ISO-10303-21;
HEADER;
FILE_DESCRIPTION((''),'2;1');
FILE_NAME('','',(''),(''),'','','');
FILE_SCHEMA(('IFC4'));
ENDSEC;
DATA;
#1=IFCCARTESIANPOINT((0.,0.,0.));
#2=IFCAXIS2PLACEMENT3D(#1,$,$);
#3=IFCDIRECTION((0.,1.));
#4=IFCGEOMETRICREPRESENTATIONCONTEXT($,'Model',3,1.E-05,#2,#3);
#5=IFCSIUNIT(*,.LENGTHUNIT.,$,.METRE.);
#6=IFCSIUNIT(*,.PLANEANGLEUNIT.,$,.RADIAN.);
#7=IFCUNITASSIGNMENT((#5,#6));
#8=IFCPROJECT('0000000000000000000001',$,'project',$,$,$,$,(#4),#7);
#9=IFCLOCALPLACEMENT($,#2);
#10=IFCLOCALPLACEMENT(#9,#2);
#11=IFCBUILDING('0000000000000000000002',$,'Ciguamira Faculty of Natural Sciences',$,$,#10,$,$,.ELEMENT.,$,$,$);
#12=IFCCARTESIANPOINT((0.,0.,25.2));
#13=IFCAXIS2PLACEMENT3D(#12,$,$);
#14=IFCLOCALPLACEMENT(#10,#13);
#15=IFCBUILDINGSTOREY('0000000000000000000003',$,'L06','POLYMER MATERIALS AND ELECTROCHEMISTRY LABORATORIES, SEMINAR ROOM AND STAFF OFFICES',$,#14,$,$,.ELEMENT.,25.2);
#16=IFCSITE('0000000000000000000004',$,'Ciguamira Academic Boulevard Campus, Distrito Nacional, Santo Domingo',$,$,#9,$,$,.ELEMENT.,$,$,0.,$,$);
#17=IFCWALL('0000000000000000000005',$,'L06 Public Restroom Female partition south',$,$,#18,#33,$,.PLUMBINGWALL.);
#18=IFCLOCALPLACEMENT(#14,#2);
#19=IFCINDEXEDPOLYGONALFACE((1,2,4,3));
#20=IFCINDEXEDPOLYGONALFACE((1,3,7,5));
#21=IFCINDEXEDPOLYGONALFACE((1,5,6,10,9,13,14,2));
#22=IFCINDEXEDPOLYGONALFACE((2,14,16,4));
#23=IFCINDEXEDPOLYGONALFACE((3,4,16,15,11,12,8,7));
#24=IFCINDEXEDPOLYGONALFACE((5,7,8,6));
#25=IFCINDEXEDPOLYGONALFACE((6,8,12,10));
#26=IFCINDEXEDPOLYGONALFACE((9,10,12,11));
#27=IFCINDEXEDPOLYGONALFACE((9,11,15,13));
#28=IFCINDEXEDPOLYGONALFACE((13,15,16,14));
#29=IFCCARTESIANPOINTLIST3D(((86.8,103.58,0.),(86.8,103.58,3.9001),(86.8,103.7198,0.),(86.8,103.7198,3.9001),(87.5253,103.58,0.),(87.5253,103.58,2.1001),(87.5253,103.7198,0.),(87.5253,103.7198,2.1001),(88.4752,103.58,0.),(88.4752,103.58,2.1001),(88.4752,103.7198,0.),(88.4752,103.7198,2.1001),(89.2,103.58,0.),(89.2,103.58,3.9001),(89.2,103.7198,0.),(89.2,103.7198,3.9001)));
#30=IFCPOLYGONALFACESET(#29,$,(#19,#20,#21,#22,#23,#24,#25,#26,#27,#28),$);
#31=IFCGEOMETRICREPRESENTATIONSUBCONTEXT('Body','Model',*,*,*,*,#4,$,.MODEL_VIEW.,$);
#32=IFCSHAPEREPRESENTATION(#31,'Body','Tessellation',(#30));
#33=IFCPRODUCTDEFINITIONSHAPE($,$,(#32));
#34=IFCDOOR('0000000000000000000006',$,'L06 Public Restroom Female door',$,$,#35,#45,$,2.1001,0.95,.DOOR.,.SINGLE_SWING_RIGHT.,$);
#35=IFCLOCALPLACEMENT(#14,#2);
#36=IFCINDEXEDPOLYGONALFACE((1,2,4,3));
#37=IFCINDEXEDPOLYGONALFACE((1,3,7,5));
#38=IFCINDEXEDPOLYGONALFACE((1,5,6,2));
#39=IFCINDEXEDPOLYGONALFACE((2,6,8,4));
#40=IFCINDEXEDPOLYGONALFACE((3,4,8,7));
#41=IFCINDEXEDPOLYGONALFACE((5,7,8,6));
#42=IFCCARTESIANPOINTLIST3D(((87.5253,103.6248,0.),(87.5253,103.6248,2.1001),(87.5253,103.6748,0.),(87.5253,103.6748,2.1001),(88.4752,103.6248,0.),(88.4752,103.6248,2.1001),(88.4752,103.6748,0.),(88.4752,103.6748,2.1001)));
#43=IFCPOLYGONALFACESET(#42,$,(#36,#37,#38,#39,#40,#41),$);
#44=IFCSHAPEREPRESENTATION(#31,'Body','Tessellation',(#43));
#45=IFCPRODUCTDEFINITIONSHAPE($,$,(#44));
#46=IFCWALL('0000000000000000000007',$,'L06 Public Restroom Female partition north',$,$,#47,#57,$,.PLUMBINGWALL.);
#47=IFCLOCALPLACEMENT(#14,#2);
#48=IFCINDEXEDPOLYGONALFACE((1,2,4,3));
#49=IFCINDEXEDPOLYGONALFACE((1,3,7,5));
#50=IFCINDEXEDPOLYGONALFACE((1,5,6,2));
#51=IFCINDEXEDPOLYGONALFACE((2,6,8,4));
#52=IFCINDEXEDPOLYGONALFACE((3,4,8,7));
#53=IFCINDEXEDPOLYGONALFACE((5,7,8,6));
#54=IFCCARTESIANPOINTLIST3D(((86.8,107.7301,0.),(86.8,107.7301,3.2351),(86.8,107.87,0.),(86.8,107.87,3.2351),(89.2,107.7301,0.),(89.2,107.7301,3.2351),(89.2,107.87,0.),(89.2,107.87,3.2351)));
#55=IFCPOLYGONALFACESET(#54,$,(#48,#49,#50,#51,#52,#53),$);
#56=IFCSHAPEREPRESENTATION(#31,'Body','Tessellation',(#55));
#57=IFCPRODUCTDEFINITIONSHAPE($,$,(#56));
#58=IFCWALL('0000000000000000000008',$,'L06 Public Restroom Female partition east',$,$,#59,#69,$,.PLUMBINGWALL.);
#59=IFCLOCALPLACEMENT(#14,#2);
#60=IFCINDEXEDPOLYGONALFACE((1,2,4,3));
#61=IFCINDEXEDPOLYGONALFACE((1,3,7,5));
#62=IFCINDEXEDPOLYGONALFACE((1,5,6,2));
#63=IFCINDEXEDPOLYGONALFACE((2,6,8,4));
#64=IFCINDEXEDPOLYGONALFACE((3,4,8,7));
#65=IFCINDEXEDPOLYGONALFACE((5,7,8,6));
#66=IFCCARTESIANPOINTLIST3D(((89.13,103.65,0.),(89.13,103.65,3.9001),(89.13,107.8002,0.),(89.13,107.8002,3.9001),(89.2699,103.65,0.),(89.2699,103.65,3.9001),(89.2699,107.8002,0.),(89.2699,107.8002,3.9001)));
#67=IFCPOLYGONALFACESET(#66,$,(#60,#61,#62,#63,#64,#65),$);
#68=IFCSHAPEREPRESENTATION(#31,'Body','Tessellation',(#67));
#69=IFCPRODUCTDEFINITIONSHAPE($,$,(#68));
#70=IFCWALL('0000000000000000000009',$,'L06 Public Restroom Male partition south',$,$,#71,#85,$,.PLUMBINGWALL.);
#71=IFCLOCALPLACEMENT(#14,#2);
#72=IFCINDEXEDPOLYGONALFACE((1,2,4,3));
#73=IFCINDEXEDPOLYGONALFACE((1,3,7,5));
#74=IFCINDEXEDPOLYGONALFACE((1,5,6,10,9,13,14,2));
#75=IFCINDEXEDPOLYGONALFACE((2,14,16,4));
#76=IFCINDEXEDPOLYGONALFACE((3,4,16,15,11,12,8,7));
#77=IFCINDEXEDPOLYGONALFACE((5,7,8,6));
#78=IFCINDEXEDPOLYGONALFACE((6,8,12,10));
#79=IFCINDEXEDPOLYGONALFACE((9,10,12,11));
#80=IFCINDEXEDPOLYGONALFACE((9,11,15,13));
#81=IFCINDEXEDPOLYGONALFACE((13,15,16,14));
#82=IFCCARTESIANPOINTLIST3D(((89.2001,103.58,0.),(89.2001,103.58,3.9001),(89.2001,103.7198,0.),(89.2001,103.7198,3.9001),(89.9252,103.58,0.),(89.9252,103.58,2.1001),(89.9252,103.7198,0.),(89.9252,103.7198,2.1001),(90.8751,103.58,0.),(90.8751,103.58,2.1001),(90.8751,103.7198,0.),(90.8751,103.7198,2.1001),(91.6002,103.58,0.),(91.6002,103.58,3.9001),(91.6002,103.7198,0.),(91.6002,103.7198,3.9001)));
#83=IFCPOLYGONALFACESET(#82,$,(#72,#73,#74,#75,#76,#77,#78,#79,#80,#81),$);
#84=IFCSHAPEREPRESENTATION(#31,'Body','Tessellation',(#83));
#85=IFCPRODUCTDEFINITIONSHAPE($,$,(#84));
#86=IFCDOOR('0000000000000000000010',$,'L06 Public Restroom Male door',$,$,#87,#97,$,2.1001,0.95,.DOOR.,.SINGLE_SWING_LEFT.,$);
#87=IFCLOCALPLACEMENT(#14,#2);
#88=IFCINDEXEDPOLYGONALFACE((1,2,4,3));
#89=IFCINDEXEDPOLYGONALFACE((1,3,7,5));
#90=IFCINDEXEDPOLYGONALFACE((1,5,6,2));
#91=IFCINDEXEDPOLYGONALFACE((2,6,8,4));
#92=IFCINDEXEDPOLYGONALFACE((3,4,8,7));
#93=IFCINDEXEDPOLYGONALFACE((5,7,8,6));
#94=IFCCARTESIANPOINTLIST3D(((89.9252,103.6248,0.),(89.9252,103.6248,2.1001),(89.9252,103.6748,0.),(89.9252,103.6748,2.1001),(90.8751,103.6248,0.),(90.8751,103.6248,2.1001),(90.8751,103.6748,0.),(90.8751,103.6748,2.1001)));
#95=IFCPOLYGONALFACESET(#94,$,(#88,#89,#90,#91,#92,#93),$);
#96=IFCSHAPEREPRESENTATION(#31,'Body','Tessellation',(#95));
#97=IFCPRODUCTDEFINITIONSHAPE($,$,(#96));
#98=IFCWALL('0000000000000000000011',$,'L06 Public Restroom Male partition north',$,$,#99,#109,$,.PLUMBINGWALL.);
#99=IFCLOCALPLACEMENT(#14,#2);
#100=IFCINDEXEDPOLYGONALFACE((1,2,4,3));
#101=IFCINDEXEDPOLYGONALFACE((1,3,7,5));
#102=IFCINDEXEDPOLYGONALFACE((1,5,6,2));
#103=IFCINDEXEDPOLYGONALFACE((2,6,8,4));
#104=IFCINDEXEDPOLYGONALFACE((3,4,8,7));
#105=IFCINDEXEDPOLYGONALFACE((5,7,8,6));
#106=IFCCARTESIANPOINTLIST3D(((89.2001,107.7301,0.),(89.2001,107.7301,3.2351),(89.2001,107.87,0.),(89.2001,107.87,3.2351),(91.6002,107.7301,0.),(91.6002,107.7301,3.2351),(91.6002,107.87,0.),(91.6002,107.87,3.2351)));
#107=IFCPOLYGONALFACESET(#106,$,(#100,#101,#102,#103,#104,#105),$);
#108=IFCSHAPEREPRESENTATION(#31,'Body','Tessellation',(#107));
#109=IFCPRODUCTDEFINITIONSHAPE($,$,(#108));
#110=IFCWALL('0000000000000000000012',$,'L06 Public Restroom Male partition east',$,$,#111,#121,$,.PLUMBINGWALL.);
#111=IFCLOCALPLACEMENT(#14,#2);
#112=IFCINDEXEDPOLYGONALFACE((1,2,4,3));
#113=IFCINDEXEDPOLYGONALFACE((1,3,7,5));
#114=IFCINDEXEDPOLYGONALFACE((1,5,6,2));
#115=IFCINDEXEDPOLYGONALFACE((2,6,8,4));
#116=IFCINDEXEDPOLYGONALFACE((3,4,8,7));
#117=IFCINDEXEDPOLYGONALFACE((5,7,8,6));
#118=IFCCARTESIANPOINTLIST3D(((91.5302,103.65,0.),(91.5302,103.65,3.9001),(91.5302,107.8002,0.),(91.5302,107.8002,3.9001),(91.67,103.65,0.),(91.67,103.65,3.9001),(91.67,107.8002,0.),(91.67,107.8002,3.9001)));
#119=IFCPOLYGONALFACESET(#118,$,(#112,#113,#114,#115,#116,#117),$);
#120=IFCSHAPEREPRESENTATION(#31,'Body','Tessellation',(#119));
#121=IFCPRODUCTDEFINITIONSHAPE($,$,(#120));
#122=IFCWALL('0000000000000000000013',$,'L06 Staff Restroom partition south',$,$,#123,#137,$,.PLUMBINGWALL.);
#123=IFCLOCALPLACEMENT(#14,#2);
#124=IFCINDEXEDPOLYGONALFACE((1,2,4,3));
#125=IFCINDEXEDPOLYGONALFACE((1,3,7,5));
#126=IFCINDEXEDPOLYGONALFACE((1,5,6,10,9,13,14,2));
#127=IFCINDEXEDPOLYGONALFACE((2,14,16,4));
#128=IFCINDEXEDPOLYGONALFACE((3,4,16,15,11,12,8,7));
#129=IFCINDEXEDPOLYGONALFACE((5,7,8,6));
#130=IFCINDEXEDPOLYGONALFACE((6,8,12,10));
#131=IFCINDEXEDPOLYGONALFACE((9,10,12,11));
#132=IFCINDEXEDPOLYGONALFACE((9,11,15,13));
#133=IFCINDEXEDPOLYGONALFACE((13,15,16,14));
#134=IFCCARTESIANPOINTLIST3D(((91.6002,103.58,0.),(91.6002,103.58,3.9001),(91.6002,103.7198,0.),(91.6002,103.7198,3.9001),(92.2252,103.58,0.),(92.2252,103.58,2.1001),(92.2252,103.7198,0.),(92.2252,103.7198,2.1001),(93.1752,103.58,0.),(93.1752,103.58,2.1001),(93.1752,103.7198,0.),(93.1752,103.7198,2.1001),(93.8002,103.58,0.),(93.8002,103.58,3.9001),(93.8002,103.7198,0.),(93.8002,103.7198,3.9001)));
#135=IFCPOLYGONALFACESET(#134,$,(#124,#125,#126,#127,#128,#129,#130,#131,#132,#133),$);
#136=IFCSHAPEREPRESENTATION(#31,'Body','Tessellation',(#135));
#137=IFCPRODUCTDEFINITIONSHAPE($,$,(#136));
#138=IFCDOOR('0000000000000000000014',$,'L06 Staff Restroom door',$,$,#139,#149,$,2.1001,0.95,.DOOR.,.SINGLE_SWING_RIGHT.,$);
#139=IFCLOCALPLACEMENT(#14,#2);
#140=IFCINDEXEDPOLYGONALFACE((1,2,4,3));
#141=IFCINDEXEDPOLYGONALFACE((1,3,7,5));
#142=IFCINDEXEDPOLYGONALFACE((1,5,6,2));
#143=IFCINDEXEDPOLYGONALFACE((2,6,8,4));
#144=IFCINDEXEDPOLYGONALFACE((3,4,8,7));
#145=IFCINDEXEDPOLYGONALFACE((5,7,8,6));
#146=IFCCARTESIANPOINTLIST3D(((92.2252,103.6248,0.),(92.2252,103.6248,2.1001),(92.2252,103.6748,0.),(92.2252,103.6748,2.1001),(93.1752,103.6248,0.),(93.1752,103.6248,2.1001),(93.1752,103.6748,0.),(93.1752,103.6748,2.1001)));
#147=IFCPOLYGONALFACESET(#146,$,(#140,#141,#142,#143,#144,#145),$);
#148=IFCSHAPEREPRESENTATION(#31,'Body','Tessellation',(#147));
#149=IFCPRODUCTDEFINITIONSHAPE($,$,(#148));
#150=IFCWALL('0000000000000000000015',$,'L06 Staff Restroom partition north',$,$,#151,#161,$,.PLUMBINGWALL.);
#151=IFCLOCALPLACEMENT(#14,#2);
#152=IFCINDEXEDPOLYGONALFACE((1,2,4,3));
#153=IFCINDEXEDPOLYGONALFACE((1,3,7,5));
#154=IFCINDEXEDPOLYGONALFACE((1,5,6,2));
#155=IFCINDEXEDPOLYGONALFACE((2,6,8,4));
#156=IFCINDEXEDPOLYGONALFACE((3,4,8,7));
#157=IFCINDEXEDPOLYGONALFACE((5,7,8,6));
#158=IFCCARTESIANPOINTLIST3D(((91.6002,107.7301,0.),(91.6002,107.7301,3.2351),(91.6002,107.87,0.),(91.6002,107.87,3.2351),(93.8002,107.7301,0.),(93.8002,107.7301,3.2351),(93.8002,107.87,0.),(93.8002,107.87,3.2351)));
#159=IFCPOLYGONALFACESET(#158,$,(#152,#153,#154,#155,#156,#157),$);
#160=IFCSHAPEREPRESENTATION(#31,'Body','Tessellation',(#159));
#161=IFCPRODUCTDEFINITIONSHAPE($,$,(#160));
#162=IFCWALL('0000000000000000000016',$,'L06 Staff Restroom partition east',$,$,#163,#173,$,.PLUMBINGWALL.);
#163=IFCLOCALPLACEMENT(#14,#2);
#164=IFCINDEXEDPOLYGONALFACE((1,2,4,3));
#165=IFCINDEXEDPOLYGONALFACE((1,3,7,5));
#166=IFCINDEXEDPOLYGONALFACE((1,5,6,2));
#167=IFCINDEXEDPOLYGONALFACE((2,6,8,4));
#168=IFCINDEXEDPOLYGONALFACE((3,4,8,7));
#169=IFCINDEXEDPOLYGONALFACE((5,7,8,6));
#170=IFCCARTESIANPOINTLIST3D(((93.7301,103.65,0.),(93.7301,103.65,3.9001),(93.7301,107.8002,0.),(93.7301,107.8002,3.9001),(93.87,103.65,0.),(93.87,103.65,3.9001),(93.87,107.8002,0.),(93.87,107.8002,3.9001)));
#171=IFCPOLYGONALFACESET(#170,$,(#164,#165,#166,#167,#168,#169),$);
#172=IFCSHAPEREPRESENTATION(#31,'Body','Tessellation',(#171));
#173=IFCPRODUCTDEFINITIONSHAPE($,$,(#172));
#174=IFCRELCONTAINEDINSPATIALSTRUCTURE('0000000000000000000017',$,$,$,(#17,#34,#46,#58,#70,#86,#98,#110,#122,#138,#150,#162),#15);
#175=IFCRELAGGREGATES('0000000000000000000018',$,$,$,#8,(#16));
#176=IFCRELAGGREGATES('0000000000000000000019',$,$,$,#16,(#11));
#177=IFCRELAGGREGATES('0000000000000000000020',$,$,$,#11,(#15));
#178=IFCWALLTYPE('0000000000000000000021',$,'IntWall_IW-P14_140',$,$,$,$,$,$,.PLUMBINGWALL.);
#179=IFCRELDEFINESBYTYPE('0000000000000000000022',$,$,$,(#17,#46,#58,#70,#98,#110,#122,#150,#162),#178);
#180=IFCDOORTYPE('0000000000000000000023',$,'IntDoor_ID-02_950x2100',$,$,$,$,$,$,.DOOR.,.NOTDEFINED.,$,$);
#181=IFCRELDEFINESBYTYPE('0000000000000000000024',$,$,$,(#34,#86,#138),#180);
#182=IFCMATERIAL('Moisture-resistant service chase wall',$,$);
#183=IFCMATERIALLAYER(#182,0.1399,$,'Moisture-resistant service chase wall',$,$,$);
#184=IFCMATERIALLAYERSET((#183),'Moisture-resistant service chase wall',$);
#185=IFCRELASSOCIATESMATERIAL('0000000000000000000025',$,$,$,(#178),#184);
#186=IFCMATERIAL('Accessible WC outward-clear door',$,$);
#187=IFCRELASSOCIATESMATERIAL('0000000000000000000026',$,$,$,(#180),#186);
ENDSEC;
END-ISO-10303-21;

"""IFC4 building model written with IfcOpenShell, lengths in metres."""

from ifc_helpers import new_model, si_unit, direction, frame, frame_2d, origin, place, context, subcontext, project, spatial, rectangle, extrude, material, layer, layer_set, type_object, element, fill, save


model = new_model("IFC4")

# Units and contexts
model_context = context("Model", 3, precision=1e-05, world=origin(), true_north=direction((0.0, 1.0)))
body_context = subcontext(model_context, "Body", "Model", "MODEL_VIEW")
ifc_project = project(units=[si_unit("LENGTHUNIT", "METRE"), si_unit("PLANEANGLEUNIT", "RADIAN")], contexts=[model_context])

# Site, building, storey
site_placement = place(None, origin())
site = spatial("IfcSite", under=ifc_project, at=site_placement, Name="Ciguamira Academic Boulevard Campus, Distrito Nacional, Santo Domingo", CompositionType="ELEMENT", RefElevation=0.0)
building_placement = place(site_placement, origin())
building = spatial("IfcBuilding", under=site, at=building_placement, Name="Ciguamira Faculty of Natural Sciences", CompositionType="ELEMENT")
storey_placement = place(building_placement, frame((0.0, 0.0, 25.2)))
storey = spatial("IfcBuildingStorey", under=building, at=storey_placement, Name="L06", Description="POLYMER MATERIALS AND ELECTROCHEMISTRY LABORATORIES, SEMINAR ROOM AND STAFF OFFICES", CompositionType="ELEMENT", Elevation=25.2)

# Wall, opening, door
ifc_material_1 = material(Name="Moisture-resistant service chase wall")
ifc_layer_1 = layer(ifc_material_1, 0.1399, Name="Moisture-resistant service chase wall")
ifc_layer_set_1 = layer_set([ifc_layer_1], Name="Moisture-resistant service chase wall")
wall_type_1 = type_object("IfcWallType", Name="IntWall_IW-P14_140", PredefinedType="PLUMBINGWALL", material=ifc_layer_set_1)
wall_1_placement = place(storey_placement, frame((86.8, 103.6499, 0.0), z_axis=(0.0, 0.0, 1.0), x_axis=(1.0, 0.0, 0.0)))
wall_1 = element("IfcWall", 1, at=wall_1_placement, inside=storey, type_object=wall_type_1, Name="L06 Public Restroom Female partition south", PredefinedType="PLUMBINGWALL", context=body_context, shape_type="SweptSolid", body=[
    extrude(rectangle(XDim=2.3999, YDim=0.1399, at=frame_2d((1.2, 0.0))), origin(), (0.0, 0.0, 1.0), 3.9001),
])
opening_1_placement = place(wall_1_placement, frame((0.7251, 0.0, 0.0)))
opening_1 = element("IfcOpeningElement", 2, at=opening_1_placement, cuts=wall_1, PredefinedType="OPENING", context=body_context, shape_type="SweptSolid", body=[
    extrude(rectangle(XDim=0.95, YDim=2.1001, at=frame_2d((0.4751, 1.05))), frame((0.0, 0.0798, 0.0), z_axis=(0.0, -1.0, 0.0), x_axis=(1.0, 0.0, 0.0)), (0.0, 0.0, 1.0), 0.1599),
])
ifc_material_2 = material(Name="Accessible WC outward-clear door")
door_type_1 = type_object("IfcDoorType", Name="IntDoor_ID-02_950x2100", OperationType="NOTDEFINED", PredefinedType="DOOR", material=ifc_material_2)
door_1_placement = place(opening_1_placement, origin())
door_1 = element("IfcDoor", 3, at=door_1_placement, inside=storey, type_object=door_type_1, Name="L06 Public Restroom Female door", OperationType="SINGLE_SWING_RIGHT", OverallHeight=2.1001, OverallWidth=0.95, PredefinedType="DOOR", context=body_context, shape_type="SweptSolid", body=[
    extrude(rectangle(XDim=0.95, YDim=2.1001, at=frame_2d((0.4751, 1.05))), frame((0.0, 0.0249, 0.0), z_axis=(0.0, -1.0, 0.0), x_axis=(1.0, 0.0, 0.0)), (0.0, 0.0, 1.0), 0.05),
])
fill(opening_1, door_1)

# Walls
wall_2_placement = place(storey_placement, frame((86.8, 107.8, 0.0), z_axis=(0.0, 0.0, 1.0), x_axis=(1.0, 0.0, 0.0)))
element("IfcWall", 4, at=wall_2_placement, inside=storey, type_object=wall_type_1, Name="L06 Public Restroom Female partition north", PredefinedType="PLUMBINGWALL", context=body_context, shape_type="SweptSolid", body=[
    extrude(rectangle(XDim=2.3999, YDim=0.1399, at=frame_2d((1.2, 0.0))), origin(), (0.0, 0.0, 1.0), 3.2351),
])
wall_3_placement = place(storey_placement, frame((89.2, 103.6499, 0.0), z_axis=(0.0, 0.0, 1.0), x_axis=(0.0, 1.0, 0.0)))
element("IfcWall", 5, at=wall_3_placement, inside=storey, type_object=wall_type_1, Name="L06 Public Restroom Female partition east", PredefinedType="PLUMBINGWALL", context=body_context, shape_type="SweptSolid", body=[
    extrude(rectangle(XDim=4.1501, YDim=0.1399, at=frame_2d((2.0752, 0.0))), origin(), (0.0, 0.0, 1.0), 3.9001),
])

# Wall, opening, door
wall_4_placement = place(storey_placement, frame((89.2, 103.6499, 0.0), z_axis=(0.0, 0.0, 1.0), x_axis=(1.0, 0.0, 0.0)))
wall_4 = element("IfcWall", 6, at=wall_4_placement, inside=storey, type_object=wall_type_1, Name="L06 Public Restroom Male partition south", PredefinedType="PLUMBINGWALL", context=body_context, shape_type="SweptSolid", body=[
    extrude(rectangle(XDim=2.4001, YDim=0.1399, at=frame_2d((1.2002, 0.0))), origin(), (0.0, 0.0, 1.0), 3.9001),
])
opening_2_placement = place(wall_4_placement, frame((0.7251, 0.0, 0.0)))
opening_2 = element("IfcOpeningElement", 7, at=opening_2_placement, cuts=wall_4, PredefinedType="OPENING", context=body_context, shape_type="SweptSolid", body=[
    extrude(rectangle(XDim=0.95, YDim=2.1001, at=frame_2d((0.4751, 1.05))), frame((0.0, 0.0798, 0.0), z_axis=(0.0, -1.0, 0.0), x_axis=(1.0, 0.0, 0.0)), (0.0, 0.0, 1.0), 0.1599),
])
door_2_placement = place(opening_2_placement, origin())
door_2 = element("IfcDoor", 8, at=door_2_placement, inside=storey, type_object=door_type_1, Name="L06 Public Restroom Male door", OperationType="SINGLE_SWING_LEFT", OverallHeight=2.1001, OverallWidth=0.95, PredefinedType="DOOR", context=body_context, shape_type="SweptSolid", body=[
    extrude(rectangle(XDim=0.95, YDim=2.1001, at=frame_2d((0.4751, 1.05))), frame((0.0, 0.0249, 0.0), z_axis=(0.0, -1.0, 0.0), x_axis=(1.0, 0.0, 0.0)), (0.0, 0.0, 1.0), 0.05),
])
fill(opening_2, door_2)

# Walls
wall_5_placement = place(storey_placement, frame((89.2, 107.8, 0.0), z_axis=(0.0, 0.0, 1.0), x_axis=(1.0, 0.0, 0.0)))
element("IfcWall", 9, at=wall_5_placement, inside=storey, type_object=wall_type_1, Name="L06 Public Restroom Male partition north", PredefinedType="PLUMBINGWALL", context=body_context, shape_type="SweptSolid", body=[
    extrude(rectangle(XDim=2.4001, YDim=0.1399, at=frame_2d((1.2002, 0.0))), origin(), (0.0, 0.0, 1.0), 3.2351),
])
wall_6_placement = place(storey_placement, frame((91.6001, 103.6499, 0.0), z_axis=(0.0, 0.0, 1.0), x_axis=(0.0, 1.0, 0.0)))
element("IfcWall", 10, at=wall_6_placement, inside=storey, type_object=wall_type_1, Name="L06 Public Restroom Male partition east", PredefinedType="PLUMBINGWALL", context=body_context, shape_type="SweptSolid", body=[
    extrude(rectangle(XDim=4.1501, YDim=0.1399, at=frame_2d((2.0752, 0.0))), origin(), (0.0, 0.0, 1.0), 3.9001),
])

# Wall, opening, door
wall_7_placement = place(storey_placement, frame((91.6001, 103.6499, 0.0), z_axis=(0.0, 0.0, 1.0), x_axis=(1.0, 0.0, 0.0)))
wall_7 = element("IfcWall", 11, at=wall_7_placement, inside=storey, type_object=wall_type_1, Name="L06 Staff Restroom partition south", PredefinedType="PLUMBINGWALL", context=body_context, shape_type="SweptSolid", body=[
    extrude(rectangle(XDim=2.2, YDim=0.1399, at=frame_2d((1.1001, 0.0))), origin(), (0.0, 0.0, 1.0), 3.9001),
])
opening_3_placement = place(wall_7_placement, frame((0.625, 0.0, 0.0)))
opening_3 = element("IfcOpeningElement", 12, at=opening_3_placement, cuts=wall_7, PredefinedType="OPENING", context=body_context, shape_type="SweptSolid", body=[
    extrude(rectangle(XDim=0.95, YDim=2.1001, at=frame_2d((0.4751, 1.05))), frame((0.0, 0.0798, 0.0), z_axis=(0.0, -1.0, 0.0), x_axis=(1.0, 0.0, 0.0)), (0.0, 0.0, 1.0), 0.1599),
])
door_3_placement = place(opening_3_placement, origin())
door_3 = element("IfcDoor", 13, at=door_3_placement, inside=storey, type_object=door_type_1, Name="L06 Staff Restroom door", OperationType="SINGLE_SWING_RIGHT", OverallHeight=2.1001, OverallWidth=0.95, PredefinedType="DOOR", context=body_context, shape_type="SweptSolid", body=[
    extrude(rectangle(XDim=0.95, YDim=2.1001, at=frame_2d((0.4751, 1.05))), frame((0.0, 0.0249, 0.0), z_axis=(0.0, -1.0, 0.0), x_axis=(1.0, 0.0, 0.0)), (0.0, 0.0, 1.0), 0.05),
])
fill(opening_3, door_3)

# Walls
wall_8_placement = place(storey_placement, frame((91.6001, 107.8, 0.0), z_axis=(0.0, 0.0, 1.0), x_axis=(1.0, 0.0, 0.0)))
element("IfcWall", 14, at=wall_8_placement, inside=storey, type_object=wall_type_1, Name="L06 Staff Restroom partition north", PredefinedType="PLUMBINGWALL", context=body_context, shape_type="SweptSolid", body=[
    extrude(rectangle(XDim=2.2, YDim=0.1399, at=frame_2d((1.1001, 0.0))), origin(), (0.0, 0.0, 1.0), 3.2351),
])
wall_9_placement = place(storey_placement, frame((93.8, 103.6499, 0.0), z_axis=(0.0, 0.0, 1.0), x_axis=(0.0, 1.0, 0.0)))
element("IfcWall", 15, at=wall_9_placement, inside=storey, type_object=wall_type_1, Name="L06 Staff Restroom partition east", PredefinedType="PLUMBINGWALL", context=body_context, shape_type="SweptSolid", body=[
    extrude(rectangle(XDim=4.1501, YDim=0.1399, at=frame_2d((2.0752, 0.0))), origin(), (0.0, 0.0, 1.0), 3.9001),
])

save(model, "model.ifc")
